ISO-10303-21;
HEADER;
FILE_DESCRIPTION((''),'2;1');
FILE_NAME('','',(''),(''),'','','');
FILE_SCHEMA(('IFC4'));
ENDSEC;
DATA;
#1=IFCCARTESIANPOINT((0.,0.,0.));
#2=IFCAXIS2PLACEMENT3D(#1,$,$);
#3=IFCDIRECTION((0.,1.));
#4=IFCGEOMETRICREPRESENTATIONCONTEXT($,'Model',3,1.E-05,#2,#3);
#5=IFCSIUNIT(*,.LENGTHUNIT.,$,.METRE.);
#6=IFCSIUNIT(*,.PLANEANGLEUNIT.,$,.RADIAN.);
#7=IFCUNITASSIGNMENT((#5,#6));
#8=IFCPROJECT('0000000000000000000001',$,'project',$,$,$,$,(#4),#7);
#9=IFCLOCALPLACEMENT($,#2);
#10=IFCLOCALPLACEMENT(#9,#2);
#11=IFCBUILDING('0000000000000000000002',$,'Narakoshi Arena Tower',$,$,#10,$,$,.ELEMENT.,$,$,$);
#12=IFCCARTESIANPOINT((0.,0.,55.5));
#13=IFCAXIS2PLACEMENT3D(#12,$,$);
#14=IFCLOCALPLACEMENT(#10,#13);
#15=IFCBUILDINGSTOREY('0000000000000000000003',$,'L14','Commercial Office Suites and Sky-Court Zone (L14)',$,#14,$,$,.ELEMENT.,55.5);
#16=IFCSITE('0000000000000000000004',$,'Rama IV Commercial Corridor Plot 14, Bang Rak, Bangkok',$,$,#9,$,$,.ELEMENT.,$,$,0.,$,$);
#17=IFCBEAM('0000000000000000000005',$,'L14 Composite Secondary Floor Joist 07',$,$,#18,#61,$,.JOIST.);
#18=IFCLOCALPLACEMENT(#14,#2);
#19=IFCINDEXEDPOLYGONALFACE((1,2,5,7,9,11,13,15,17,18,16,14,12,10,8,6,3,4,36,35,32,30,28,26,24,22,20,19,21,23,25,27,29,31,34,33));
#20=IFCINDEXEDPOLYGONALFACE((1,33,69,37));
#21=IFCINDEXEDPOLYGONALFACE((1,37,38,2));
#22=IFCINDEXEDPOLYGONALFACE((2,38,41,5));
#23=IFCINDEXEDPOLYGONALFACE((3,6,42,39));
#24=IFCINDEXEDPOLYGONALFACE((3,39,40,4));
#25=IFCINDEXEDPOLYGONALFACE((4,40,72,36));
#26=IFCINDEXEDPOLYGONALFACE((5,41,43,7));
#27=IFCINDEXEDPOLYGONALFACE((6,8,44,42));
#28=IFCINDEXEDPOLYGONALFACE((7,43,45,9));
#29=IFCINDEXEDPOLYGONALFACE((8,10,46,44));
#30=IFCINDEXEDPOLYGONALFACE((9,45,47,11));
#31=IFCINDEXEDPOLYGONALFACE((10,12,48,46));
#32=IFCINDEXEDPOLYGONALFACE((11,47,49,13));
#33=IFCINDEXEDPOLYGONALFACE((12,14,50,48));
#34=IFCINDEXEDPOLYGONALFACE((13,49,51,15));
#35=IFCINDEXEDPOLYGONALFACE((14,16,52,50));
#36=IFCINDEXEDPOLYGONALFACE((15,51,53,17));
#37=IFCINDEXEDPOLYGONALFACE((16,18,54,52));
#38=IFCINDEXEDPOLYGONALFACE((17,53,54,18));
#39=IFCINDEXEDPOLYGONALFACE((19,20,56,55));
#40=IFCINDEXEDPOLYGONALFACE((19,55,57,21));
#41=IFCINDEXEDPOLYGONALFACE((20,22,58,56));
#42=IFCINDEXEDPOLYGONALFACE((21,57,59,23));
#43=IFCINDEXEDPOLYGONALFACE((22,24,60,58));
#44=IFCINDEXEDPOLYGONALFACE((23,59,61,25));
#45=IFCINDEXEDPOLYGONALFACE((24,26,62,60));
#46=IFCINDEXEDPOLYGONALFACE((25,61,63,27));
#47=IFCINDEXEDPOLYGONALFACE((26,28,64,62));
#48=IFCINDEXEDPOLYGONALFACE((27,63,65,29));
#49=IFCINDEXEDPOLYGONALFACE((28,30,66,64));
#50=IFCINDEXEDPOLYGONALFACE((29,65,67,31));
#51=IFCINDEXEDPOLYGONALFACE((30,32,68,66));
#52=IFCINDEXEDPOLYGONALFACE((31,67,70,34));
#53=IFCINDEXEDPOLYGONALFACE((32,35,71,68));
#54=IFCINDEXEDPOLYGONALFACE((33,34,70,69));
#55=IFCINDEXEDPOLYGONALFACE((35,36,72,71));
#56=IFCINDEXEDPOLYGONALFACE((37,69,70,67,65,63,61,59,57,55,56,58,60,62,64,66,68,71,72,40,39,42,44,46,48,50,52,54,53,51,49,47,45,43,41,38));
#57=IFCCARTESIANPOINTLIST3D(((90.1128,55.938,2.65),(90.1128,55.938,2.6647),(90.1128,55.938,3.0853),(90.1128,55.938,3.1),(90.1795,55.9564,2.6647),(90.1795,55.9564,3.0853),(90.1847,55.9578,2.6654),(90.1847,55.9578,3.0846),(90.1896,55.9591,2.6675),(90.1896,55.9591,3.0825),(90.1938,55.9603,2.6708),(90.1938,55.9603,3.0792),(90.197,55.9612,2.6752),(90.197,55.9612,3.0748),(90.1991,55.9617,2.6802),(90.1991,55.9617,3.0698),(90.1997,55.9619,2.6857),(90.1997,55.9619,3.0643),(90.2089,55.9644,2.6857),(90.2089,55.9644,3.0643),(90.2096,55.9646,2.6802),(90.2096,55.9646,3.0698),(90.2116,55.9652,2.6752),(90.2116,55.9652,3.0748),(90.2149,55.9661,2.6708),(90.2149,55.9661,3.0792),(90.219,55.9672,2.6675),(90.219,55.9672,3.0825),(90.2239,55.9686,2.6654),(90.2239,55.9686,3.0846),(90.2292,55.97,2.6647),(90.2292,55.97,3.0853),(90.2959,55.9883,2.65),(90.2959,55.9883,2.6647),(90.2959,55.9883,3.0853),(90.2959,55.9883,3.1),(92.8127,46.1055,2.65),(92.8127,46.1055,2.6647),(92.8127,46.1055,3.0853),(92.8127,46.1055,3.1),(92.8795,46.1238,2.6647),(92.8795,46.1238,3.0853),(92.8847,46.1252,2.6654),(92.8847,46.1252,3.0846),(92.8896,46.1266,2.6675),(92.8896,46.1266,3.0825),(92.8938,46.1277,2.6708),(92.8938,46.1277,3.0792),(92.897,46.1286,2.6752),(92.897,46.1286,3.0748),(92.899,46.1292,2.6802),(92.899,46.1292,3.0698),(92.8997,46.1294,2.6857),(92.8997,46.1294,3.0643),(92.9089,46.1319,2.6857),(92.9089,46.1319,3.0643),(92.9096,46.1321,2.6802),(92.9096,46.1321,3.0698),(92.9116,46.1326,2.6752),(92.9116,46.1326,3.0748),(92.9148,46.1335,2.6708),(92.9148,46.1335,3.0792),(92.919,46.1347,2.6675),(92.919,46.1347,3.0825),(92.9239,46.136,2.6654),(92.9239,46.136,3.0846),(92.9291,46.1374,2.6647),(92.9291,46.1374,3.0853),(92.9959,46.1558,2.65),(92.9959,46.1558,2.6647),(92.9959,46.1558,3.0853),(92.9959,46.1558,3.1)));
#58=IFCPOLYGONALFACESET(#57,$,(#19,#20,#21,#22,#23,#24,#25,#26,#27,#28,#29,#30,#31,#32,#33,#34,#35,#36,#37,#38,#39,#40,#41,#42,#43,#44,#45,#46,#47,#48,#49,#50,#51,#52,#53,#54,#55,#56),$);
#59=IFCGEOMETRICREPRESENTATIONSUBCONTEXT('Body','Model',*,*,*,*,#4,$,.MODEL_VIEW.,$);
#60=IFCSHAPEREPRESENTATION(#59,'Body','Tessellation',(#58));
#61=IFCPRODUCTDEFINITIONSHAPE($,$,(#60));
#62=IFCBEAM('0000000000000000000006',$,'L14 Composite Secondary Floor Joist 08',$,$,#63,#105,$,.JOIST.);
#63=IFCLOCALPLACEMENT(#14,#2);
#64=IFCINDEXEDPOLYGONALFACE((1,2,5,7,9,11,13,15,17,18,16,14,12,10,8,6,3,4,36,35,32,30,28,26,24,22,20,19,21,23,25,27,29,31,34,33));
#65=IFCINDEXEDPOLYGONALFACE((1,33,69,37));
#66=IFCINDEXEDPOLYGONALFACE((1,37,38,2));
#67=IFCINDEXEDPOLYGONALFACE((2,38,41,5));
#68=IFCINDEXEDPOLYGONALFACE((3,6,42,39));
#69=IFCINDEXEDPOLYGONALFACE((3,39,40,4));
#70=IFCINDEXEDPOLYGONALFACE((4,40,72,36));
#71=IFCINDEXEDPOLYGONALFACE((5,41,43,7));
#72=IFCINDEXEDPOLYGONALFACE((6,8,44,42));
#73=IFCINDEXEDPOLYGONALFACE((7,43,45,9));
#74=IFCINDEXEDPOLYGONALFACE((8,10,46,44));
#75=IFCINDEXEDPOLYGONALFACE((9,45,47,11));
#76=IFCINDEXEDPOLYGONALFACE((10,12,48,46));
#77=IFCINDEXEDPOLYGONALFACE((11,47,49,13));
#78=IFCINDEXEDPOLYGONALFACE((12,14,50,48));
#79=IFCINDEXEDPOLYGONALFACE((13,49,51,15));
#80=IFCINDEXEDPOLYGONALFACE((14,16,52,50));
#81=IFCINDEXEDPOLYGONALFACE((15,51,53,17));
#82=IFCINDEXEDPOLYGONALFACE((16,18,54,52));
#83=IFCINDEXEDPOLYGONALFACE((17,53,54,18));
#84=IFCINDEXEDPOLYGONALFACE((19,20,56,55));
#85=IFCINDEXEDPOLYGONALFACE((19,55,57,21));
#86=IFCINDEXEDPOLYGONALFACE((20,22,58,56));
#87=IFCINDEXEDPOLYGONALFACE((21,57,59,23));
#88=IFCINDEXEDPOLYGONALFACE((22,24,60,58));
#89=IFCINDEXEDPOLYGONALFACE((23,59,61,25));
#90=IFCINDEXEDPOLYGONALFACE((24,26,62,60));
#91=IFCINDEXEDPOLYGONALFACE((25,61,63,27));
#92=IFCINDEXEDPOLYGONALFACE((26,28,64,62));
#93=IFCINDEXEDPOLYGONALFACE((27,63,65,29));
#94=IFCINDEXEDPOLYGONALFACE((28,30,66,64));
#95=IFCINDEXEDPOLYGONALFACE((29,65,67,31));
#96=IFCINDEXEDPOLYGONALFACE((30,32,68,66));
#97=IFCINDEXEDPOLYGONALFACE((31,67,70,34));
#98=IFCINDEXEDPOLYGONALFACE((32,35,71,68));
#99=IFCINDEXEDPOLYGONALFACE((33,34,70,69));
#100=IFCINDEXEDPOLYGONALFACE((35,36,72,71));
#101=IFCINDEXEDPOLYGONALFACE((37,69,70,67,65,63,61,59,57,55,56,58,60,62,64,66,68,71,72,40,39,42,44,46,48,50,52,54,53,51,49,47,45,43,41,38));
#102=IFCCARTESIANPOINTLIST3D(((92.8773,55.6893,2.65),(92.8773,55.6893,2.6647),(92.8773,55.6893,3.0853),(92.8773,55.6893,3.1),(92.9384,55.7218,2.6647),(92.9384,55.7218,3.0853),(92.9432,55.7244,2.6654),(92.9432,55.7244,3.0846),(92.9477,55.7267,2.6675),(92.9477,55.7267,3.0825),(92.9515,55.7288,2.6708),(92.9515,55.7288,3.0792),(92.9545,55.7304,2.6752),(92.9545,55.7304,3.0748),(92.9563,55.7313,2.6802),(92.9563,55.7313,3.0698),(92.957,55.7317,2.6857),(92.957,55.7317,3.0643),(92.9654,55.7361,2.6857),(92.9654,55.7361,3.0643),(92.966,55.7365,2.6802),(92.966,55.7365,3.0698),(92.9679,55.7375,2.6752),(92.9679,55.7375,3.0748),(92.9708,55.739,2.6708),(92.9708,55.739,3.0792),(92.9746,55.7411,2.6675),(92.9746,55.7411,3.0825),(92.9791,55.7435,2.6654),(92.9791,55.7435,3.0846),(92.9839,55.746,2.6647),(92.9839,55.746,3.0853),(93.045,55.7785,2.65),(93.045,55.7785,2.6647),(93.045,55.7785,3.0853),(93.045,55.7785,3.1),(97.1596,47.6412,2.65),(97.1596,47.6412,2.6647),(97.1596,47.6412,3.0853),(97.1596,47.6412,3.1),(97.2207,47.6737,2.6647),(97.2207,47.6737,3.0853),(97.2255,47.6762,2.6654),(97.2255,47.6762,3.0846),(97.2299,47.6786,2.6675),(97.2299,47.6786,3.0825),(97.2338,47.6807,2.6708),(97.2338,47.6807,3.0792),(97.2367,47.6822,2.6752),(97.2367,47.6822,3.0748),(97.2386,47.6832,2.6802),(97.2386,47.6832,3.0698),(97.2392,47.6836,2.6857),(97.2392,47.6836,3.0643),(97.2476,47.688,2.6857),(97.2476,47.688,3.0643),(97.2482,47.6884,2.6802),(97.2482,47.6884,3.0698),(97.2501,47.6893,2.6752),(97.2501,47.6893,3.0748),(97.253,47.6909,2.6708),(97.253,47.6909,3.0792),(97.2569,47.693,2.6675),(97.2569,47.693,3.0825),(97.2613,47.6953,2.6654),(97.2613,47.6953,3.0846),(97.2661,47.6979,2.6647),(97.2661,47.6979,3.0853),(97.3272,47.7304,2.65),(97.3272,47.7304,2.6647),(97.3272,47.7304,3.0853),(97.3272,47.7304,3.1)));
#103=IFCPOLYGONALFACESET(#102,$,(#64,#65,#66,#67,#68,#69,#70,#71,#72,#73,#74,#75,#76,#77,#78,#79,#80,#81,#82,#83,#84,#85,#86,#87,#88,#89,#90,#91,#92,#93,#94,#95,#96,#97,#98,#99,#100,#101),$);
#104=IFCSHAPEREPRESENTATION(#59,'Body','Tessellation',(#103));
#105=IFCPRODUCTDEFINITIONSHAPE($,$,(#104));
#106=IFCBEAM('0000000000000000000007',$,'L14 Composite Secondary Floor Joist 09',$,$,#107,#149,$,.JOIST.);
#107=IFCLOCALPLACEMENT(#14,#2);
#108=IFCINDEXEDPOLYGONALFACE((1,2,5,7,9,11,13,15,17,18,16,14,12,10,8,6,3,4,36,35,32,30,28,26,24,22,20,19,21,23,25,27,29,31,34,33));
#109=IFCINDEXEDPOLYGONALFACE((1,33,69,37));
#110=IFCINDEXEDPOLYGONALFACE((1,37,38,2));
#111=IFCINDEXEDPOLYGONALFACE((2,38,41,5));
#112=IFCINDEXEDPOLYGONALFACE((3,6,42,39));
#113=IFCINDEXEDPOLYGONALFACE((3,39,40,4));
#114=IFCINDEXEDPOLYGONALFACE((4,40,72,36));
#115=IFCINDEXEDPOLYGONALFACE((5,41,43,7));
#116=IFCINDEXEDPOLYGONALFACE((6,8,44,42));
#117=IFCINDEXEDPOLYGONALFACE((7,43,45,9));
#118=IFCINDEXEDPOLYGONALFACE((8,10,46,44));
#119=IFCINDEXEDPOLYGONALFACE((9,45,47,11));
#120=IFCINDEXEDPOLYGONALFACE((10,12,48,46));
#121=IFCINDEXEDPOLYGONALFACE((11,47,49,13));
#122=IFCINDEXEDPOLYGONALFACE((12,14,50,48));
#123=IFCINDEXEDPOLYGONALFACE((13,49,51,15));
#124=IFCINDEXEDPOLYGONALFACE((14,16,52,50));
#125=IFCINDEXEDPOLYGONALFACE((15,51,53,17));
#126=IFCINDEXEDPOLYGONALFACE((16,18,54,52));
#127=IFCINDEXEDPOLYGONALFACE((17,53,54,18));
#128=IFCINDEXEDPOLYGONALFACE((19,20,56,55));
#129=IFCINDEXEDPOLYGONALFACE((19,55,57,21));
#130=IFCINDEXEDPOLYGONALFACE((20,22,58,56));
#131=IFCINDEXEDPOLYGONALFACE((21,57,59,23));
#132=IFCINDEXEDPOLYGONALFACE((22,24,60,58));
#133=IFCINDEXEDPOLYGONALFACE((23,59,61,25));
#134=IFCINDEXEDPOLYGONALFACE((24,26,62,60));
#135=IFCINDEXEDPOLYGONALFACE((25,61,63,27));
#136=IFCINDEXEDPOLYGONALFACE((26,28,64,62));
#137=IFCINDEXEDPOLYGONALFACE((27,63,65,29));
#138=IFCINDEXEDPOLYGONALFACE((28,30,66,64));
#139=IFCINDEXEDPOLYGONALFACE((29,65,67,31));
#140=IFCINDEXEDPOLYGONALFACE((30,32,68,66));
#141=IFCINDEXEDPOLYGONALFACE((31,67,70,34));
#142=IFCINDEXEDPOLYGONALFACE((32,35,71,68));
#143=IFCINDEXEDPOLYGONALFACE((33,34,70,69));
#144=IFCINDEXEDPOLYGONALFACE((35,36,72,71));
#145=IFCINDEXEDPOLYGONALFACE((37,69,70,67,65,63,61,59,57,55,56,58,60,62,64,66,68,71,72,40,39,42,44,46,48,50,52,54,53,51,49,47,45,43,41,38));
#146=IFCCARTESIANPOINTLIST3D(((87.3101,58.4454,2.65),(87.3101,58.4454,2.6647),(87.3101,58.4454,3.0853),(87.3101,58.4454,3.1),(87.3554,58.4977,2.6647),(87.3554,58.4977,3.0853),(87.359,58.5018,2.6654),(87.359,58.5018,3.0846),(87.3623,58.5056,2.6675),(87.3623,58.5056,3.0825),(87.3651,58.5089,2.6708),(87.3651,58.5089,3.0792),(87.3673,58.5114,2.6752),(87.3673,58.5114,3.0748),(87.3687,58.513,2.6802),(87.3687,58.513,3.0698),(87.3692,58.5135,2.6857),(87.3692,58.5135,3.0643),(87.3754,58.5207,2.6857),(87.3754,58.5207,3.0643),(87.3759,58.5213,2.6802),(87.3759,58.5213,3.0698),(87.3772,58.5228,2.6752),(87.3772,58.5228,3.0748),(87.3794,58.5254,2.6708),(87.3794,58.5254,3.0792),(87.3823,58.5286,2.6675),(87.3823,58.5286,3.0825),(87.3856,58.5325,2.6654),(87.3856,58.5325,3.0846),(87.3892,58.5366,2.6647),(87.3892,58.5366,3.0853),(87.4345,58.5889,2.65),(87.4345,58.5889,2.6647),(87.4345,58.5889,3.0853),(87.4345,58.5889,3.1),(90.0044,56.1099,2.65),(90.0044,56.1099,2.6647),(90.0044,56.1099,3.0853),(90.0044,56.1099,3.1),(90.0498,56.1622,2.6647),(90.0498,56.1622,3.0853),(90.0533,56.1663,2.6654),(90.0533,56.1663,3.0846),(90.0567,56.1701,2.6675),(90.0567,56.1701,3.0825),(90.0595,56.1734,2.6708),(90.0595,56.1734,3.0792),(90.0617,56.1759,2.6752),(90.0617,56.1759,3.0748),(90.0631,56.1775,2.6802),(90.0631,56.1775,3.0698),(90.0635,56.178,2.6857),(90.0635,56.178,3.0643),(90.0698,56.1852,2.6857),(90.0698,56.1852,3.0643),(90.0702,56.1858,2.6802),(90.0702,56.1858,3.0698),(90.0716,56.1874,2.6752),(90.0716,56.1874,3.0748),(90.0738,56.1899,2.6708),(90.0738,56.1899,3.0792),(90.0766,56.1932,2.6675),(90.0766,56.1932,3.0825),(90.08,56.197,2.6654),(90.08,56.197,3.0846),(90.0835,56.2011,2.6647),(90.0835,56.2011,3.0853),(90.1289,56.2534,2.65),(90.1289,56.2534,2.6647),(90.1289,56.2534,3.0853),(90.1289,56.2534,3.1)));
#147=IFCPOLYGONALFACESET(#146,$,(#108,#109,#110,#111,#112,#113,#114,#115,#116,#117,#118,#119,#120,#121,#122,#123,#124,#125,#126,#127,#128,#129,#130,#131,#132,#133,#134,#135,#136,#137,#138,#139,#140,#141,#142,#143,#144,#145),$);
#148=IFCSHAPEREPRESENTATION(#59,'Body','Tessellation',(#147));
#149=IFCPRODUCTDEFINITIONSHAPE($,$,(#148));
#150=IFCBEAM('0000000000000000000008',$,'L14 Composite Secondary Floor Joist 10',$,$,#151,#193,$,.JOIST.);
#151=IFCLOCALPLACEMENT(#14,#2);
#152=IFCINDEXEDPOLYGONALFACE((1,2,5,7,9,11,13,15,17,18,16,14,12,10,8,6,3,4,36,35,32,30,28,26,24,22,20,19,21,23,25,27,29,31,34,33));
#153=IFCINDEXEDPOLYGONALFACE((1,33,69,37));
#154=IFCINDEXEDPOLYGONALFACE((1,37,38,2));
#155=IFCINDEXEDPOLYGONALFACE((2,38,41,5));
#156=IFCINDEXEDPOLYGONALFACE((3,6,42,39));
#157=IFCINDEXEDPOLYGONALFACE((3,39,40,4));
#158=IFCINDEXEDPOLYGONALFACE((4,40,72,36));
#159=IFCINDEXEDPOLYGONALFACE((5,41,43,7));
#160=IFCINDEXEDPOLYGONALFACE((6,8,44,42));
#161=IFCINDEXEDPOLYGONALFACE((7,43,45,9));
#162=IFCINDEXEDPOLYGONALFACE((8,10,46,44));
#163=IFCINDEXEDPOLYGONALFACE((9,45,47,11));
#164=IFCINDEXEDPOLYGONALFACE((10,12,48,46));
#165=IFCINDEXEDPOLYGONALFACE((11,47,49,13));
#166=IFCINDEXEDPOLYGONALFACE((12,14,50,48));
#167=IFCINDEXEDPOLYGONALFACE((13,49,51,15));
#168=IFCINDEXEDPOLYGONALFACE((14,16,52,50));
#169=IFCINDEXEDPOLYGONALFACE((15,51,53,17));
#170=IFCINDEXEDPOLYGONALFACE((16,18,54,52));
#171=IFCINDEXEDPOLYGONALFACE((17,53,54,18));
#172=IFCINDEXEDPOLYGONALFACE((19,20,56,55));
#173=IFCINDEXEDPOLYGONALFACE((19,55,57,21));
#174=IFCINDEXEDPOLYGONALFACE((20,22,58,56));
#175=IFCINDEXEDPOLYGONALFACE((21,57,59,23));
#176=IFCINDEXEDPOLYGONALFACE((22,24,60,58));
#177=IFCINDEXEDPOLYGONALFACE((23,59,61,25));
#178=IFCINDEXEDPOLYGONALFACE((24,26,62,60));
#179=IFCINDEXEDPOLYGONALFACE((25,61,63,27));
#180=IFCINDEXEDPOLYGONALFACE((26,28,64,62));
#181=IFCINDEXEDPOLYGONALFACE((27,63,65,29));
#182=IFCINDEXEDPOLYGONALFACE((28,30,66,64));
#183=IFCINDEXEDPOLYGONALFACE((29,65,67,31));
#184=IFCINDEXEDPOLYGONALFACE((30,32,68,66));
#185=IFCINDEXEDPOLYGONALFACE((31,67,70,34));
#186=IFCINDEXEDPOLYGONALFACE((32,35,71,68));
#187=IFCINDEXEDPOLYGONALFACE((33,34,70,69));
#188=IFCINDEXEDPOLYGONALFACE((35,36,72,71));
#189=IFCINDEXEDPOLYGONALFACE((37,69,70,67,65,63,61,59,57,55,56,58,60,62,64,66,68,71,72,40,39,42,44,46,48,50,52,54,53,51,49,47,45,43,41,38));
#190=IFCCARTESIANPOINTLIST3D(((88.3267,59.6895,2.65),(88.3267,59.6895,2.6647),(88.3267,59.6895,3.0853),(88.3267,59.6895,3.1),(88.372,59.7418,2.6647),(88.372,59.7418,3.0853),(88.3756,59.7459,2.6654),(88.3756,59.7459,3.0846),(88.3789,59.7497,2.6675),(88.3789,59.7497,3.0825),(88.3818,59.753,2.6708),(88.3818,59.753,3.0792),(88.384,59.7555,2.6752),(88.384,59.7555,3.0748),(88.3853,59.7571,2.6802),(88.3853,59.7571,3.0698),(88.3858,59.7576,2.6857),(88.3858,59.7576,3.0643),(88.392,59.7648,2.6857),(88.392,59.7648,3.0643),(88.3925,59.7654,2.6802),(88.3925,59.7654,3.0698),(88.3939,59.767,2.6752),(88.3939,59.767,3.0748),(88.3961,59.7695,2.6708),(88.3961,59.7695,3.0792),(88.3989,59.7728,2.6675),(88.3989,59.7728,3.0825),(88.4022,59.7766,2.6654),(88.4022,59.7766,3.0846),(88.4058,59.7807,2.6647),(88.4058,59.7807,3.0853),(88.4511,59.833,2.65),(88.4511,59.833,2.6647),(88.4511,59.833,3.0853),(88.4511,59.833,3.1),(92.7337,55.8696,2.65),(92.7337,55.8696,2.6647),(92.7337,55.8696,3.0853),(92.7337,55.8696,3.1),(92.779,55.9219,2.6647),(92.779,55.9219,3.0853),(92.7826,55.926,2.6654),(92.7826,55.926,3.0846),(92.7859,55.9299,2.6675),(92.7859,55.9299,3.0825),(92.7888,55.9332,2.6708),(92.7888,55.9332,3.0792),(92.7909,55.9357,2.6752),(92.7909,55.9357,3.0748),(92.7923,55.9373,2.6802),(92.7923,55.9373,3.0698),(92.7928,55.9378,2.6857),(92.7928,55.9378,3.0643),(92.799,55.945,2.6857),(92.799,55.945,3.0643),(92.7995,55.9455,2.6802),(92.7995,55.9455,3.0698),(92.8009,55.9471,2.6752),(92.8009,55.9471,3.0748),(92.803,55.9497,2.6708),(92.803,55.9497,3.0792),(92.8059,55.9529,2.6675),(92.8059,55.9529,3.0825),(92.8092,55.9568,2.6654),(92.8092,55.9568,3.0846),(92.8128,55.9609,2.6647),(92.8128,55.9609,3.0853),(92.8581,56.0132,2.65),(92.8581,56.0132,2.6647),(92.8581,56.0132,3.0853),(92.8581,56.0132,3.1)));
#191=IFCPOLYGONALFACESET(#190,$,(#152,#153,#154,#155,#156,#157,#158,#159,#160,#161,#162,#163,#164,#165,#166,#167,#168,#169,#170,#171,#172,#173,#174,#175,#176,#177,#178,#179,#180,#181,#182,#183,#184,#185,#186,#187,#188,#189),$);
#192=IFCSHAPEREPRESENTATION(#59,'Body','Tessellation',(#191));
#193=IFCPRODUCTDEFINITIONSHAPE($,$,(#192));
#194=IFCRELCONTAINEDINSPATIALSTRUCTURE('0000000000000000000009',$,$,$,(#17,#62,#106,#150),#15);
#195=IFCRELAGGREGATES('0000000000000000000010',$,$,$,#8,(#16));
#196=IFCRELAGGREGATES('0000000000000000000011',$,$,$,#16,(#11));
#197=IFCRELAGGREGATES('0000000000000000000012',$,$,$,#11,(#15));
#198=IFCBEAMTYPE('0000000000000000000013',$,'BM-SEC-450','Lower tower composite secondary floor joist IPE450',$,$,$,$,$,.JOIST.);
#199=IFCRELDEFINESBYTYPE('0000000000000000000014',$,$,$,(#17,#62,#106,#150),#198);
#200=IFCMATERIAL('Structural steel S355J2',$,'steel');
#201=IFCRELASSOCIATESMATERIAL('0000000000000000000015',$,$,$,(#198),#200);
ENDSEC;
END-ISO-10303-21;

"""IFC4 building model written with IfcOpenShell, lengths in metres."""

from ifc_helpers import new_model, si_unit, direction, frame, origin, origin_2d, place, context, subcontext, project, spatial, i_section, extrude, material, material_profile, profile_set, type_object, element, save


model = new_model("IFC4")

# Units and contexts
model_context = context("Model", 3, precision=1e-05, world=origin(), true_north=direction((0.0, 1.0)))
body_context = subcontext(model_context, "Body", "Model", "MODEL_VIEW")
ifc_project = project(units=[si_unit("LENGTHUNIT", "METRE"), si_unit("PLANEANGLEUNIT", "RADIAN")], contexts=[model_context])

# Site, building, storey
site_placement = place(None, origin())
site = spatial("IfcSite", under=ifc_project, at=site_placement, Name="Rama IV Commercial Corridor Plot 14, Bang Rak, Bangkok", CompositionType="ELEMENT", RefElevation=0.0)
building_placement = place(site_placement, origin())
building = spatial("IfcBuilding", under=site, at=building_placement, Name="Narakoshi Arena Tower", CompositionType="ELEMENT")
storey_placement = place(building_placement, frame((0.0, 0.0, 55.5)))
storey = spatial("IfcBuildingStorey", under=building, at=storey_placement, Name="L14", Description="Commercial Office Suites and Sky-Court Zone (L14)", CompositionType="ELEMENT", Elevation=55.5)

# Beams
ifc_material_1 = material(Name="Structural steel S355J2", Category="steel")
ifc_material_profile_1 = material_profile(ifc_material_1, i_section(OverallWidth=0.1899, OverallDepth=0.45, WebThickness=0.0095, FlangeThickness=0.0146, FilletRadius=0.021, at=origin_2d()), Name="IPE450")
ifc_profile_set_1 = profile_set([ifc_material_profile_1], Name="Structural steel S355J2")
beam_type_1 = type_object("IfcBeamType", Name="BM-SEC-450", Description="Lower tower composite secondary floor joist IPE450", PredefinedType="JOIST", material=ifc_profile_set_1)
beam_1_placement = place(storey_placement, frame((92.9043, 46.1306, 2.875), z_axis=(-0.264793, 0.964305, 0.0), x_axis=(-0.964305, -0.264793, 0.0)))
element("IfcBeam", 1, at=beam_1_placement, inside=storey, type_object=beam_type_1, Name="L14 Composite Secondary Floor Joist 07", PredefinedType="JOIST", context=body_context, shape_type="SweptSolid", body=[
    extrude(i_section(OverallWidth=0.1899, OverallDepth=0.45, WebThickness=0.0095, FlangeThickness=0.0146, FilletRadius=0.021, at=origin_2d()), origin(), (0.0, 0.0, 1.0), 10.1965),
])
beam_2_placement = place(storey_placement, frame((97.2434, 47.6858, 2.875), z_axis=(-0.469726, 0.882812, 0.0), x_axis=(-0.882812, -0.469726, 0.0)))
element("IfcBeam", 2, at=beam_2_placement, inside=storey, type_object=beam_type_1, Name="L14 Composite Secondary Floor Joist 08", PredefinedType="JOIST", context=body_context, shape_type="SweptSolid", body=[
    extrude(i_section(OverallWidth=0.1899, OverallDepth=0.45, WebThickness=0.0095, FlangeThickness=0.0146, FilletRadius=0.021, at=origin_2d()), origin(), (0.0, 0.0, 1.0), 9.1165),
])
beam_3_placement = place(storey_placement, frame((90.0667, 56.1816, 2.875), z_axis=(-0.755639, 0.654988, 0.0), x_axis=(-0.654988, -0.755639, 0.0)))
element("IfcBeam", 3, at=beam_3_placement, inside=storey, type_object=beam_type_1, Name="L14 Composite Secondary Floor Joist 09", PredefinedType="JOIST", context=body_context, shape_type="SweptSolid", body=[
    extrude(i_section(OverallWidth=0.1899, OverallDepth=0.45, WebThickness=0.0095, FlangeThickness=0.0146, FilletRadius=0.021, at=origin_2d()), origin(), (0.0, 0.0, 1.0), 3.5657),
])
beam_4_placement = place(storey_placement, frame((92.7959, 55.9414, 2.875), z_axis=(-0.755652, 0.654974, 0.0), x_axis=(-0.654974, -0.755652, 0.0)))
element("IfcBeam", 4, at=beam_4_placement, inside=storey, type_object=beam_type_1, Name="L14 Composite Secondary Floor Joist 10", PredefinedType="JOIST", context=body_context, shape_type="SweptSolid", body=[
    extrude(i_section(OverallWidth=0.1899, OverallDepth=0.45, WebThickness=0.0095, FlangeThickness=0.0146, FilletRadius=0.021, at=origin_2d()), origin(), (0.0, 0.0, 1.0), 5.832),
])

save(model, "model.ifc")
